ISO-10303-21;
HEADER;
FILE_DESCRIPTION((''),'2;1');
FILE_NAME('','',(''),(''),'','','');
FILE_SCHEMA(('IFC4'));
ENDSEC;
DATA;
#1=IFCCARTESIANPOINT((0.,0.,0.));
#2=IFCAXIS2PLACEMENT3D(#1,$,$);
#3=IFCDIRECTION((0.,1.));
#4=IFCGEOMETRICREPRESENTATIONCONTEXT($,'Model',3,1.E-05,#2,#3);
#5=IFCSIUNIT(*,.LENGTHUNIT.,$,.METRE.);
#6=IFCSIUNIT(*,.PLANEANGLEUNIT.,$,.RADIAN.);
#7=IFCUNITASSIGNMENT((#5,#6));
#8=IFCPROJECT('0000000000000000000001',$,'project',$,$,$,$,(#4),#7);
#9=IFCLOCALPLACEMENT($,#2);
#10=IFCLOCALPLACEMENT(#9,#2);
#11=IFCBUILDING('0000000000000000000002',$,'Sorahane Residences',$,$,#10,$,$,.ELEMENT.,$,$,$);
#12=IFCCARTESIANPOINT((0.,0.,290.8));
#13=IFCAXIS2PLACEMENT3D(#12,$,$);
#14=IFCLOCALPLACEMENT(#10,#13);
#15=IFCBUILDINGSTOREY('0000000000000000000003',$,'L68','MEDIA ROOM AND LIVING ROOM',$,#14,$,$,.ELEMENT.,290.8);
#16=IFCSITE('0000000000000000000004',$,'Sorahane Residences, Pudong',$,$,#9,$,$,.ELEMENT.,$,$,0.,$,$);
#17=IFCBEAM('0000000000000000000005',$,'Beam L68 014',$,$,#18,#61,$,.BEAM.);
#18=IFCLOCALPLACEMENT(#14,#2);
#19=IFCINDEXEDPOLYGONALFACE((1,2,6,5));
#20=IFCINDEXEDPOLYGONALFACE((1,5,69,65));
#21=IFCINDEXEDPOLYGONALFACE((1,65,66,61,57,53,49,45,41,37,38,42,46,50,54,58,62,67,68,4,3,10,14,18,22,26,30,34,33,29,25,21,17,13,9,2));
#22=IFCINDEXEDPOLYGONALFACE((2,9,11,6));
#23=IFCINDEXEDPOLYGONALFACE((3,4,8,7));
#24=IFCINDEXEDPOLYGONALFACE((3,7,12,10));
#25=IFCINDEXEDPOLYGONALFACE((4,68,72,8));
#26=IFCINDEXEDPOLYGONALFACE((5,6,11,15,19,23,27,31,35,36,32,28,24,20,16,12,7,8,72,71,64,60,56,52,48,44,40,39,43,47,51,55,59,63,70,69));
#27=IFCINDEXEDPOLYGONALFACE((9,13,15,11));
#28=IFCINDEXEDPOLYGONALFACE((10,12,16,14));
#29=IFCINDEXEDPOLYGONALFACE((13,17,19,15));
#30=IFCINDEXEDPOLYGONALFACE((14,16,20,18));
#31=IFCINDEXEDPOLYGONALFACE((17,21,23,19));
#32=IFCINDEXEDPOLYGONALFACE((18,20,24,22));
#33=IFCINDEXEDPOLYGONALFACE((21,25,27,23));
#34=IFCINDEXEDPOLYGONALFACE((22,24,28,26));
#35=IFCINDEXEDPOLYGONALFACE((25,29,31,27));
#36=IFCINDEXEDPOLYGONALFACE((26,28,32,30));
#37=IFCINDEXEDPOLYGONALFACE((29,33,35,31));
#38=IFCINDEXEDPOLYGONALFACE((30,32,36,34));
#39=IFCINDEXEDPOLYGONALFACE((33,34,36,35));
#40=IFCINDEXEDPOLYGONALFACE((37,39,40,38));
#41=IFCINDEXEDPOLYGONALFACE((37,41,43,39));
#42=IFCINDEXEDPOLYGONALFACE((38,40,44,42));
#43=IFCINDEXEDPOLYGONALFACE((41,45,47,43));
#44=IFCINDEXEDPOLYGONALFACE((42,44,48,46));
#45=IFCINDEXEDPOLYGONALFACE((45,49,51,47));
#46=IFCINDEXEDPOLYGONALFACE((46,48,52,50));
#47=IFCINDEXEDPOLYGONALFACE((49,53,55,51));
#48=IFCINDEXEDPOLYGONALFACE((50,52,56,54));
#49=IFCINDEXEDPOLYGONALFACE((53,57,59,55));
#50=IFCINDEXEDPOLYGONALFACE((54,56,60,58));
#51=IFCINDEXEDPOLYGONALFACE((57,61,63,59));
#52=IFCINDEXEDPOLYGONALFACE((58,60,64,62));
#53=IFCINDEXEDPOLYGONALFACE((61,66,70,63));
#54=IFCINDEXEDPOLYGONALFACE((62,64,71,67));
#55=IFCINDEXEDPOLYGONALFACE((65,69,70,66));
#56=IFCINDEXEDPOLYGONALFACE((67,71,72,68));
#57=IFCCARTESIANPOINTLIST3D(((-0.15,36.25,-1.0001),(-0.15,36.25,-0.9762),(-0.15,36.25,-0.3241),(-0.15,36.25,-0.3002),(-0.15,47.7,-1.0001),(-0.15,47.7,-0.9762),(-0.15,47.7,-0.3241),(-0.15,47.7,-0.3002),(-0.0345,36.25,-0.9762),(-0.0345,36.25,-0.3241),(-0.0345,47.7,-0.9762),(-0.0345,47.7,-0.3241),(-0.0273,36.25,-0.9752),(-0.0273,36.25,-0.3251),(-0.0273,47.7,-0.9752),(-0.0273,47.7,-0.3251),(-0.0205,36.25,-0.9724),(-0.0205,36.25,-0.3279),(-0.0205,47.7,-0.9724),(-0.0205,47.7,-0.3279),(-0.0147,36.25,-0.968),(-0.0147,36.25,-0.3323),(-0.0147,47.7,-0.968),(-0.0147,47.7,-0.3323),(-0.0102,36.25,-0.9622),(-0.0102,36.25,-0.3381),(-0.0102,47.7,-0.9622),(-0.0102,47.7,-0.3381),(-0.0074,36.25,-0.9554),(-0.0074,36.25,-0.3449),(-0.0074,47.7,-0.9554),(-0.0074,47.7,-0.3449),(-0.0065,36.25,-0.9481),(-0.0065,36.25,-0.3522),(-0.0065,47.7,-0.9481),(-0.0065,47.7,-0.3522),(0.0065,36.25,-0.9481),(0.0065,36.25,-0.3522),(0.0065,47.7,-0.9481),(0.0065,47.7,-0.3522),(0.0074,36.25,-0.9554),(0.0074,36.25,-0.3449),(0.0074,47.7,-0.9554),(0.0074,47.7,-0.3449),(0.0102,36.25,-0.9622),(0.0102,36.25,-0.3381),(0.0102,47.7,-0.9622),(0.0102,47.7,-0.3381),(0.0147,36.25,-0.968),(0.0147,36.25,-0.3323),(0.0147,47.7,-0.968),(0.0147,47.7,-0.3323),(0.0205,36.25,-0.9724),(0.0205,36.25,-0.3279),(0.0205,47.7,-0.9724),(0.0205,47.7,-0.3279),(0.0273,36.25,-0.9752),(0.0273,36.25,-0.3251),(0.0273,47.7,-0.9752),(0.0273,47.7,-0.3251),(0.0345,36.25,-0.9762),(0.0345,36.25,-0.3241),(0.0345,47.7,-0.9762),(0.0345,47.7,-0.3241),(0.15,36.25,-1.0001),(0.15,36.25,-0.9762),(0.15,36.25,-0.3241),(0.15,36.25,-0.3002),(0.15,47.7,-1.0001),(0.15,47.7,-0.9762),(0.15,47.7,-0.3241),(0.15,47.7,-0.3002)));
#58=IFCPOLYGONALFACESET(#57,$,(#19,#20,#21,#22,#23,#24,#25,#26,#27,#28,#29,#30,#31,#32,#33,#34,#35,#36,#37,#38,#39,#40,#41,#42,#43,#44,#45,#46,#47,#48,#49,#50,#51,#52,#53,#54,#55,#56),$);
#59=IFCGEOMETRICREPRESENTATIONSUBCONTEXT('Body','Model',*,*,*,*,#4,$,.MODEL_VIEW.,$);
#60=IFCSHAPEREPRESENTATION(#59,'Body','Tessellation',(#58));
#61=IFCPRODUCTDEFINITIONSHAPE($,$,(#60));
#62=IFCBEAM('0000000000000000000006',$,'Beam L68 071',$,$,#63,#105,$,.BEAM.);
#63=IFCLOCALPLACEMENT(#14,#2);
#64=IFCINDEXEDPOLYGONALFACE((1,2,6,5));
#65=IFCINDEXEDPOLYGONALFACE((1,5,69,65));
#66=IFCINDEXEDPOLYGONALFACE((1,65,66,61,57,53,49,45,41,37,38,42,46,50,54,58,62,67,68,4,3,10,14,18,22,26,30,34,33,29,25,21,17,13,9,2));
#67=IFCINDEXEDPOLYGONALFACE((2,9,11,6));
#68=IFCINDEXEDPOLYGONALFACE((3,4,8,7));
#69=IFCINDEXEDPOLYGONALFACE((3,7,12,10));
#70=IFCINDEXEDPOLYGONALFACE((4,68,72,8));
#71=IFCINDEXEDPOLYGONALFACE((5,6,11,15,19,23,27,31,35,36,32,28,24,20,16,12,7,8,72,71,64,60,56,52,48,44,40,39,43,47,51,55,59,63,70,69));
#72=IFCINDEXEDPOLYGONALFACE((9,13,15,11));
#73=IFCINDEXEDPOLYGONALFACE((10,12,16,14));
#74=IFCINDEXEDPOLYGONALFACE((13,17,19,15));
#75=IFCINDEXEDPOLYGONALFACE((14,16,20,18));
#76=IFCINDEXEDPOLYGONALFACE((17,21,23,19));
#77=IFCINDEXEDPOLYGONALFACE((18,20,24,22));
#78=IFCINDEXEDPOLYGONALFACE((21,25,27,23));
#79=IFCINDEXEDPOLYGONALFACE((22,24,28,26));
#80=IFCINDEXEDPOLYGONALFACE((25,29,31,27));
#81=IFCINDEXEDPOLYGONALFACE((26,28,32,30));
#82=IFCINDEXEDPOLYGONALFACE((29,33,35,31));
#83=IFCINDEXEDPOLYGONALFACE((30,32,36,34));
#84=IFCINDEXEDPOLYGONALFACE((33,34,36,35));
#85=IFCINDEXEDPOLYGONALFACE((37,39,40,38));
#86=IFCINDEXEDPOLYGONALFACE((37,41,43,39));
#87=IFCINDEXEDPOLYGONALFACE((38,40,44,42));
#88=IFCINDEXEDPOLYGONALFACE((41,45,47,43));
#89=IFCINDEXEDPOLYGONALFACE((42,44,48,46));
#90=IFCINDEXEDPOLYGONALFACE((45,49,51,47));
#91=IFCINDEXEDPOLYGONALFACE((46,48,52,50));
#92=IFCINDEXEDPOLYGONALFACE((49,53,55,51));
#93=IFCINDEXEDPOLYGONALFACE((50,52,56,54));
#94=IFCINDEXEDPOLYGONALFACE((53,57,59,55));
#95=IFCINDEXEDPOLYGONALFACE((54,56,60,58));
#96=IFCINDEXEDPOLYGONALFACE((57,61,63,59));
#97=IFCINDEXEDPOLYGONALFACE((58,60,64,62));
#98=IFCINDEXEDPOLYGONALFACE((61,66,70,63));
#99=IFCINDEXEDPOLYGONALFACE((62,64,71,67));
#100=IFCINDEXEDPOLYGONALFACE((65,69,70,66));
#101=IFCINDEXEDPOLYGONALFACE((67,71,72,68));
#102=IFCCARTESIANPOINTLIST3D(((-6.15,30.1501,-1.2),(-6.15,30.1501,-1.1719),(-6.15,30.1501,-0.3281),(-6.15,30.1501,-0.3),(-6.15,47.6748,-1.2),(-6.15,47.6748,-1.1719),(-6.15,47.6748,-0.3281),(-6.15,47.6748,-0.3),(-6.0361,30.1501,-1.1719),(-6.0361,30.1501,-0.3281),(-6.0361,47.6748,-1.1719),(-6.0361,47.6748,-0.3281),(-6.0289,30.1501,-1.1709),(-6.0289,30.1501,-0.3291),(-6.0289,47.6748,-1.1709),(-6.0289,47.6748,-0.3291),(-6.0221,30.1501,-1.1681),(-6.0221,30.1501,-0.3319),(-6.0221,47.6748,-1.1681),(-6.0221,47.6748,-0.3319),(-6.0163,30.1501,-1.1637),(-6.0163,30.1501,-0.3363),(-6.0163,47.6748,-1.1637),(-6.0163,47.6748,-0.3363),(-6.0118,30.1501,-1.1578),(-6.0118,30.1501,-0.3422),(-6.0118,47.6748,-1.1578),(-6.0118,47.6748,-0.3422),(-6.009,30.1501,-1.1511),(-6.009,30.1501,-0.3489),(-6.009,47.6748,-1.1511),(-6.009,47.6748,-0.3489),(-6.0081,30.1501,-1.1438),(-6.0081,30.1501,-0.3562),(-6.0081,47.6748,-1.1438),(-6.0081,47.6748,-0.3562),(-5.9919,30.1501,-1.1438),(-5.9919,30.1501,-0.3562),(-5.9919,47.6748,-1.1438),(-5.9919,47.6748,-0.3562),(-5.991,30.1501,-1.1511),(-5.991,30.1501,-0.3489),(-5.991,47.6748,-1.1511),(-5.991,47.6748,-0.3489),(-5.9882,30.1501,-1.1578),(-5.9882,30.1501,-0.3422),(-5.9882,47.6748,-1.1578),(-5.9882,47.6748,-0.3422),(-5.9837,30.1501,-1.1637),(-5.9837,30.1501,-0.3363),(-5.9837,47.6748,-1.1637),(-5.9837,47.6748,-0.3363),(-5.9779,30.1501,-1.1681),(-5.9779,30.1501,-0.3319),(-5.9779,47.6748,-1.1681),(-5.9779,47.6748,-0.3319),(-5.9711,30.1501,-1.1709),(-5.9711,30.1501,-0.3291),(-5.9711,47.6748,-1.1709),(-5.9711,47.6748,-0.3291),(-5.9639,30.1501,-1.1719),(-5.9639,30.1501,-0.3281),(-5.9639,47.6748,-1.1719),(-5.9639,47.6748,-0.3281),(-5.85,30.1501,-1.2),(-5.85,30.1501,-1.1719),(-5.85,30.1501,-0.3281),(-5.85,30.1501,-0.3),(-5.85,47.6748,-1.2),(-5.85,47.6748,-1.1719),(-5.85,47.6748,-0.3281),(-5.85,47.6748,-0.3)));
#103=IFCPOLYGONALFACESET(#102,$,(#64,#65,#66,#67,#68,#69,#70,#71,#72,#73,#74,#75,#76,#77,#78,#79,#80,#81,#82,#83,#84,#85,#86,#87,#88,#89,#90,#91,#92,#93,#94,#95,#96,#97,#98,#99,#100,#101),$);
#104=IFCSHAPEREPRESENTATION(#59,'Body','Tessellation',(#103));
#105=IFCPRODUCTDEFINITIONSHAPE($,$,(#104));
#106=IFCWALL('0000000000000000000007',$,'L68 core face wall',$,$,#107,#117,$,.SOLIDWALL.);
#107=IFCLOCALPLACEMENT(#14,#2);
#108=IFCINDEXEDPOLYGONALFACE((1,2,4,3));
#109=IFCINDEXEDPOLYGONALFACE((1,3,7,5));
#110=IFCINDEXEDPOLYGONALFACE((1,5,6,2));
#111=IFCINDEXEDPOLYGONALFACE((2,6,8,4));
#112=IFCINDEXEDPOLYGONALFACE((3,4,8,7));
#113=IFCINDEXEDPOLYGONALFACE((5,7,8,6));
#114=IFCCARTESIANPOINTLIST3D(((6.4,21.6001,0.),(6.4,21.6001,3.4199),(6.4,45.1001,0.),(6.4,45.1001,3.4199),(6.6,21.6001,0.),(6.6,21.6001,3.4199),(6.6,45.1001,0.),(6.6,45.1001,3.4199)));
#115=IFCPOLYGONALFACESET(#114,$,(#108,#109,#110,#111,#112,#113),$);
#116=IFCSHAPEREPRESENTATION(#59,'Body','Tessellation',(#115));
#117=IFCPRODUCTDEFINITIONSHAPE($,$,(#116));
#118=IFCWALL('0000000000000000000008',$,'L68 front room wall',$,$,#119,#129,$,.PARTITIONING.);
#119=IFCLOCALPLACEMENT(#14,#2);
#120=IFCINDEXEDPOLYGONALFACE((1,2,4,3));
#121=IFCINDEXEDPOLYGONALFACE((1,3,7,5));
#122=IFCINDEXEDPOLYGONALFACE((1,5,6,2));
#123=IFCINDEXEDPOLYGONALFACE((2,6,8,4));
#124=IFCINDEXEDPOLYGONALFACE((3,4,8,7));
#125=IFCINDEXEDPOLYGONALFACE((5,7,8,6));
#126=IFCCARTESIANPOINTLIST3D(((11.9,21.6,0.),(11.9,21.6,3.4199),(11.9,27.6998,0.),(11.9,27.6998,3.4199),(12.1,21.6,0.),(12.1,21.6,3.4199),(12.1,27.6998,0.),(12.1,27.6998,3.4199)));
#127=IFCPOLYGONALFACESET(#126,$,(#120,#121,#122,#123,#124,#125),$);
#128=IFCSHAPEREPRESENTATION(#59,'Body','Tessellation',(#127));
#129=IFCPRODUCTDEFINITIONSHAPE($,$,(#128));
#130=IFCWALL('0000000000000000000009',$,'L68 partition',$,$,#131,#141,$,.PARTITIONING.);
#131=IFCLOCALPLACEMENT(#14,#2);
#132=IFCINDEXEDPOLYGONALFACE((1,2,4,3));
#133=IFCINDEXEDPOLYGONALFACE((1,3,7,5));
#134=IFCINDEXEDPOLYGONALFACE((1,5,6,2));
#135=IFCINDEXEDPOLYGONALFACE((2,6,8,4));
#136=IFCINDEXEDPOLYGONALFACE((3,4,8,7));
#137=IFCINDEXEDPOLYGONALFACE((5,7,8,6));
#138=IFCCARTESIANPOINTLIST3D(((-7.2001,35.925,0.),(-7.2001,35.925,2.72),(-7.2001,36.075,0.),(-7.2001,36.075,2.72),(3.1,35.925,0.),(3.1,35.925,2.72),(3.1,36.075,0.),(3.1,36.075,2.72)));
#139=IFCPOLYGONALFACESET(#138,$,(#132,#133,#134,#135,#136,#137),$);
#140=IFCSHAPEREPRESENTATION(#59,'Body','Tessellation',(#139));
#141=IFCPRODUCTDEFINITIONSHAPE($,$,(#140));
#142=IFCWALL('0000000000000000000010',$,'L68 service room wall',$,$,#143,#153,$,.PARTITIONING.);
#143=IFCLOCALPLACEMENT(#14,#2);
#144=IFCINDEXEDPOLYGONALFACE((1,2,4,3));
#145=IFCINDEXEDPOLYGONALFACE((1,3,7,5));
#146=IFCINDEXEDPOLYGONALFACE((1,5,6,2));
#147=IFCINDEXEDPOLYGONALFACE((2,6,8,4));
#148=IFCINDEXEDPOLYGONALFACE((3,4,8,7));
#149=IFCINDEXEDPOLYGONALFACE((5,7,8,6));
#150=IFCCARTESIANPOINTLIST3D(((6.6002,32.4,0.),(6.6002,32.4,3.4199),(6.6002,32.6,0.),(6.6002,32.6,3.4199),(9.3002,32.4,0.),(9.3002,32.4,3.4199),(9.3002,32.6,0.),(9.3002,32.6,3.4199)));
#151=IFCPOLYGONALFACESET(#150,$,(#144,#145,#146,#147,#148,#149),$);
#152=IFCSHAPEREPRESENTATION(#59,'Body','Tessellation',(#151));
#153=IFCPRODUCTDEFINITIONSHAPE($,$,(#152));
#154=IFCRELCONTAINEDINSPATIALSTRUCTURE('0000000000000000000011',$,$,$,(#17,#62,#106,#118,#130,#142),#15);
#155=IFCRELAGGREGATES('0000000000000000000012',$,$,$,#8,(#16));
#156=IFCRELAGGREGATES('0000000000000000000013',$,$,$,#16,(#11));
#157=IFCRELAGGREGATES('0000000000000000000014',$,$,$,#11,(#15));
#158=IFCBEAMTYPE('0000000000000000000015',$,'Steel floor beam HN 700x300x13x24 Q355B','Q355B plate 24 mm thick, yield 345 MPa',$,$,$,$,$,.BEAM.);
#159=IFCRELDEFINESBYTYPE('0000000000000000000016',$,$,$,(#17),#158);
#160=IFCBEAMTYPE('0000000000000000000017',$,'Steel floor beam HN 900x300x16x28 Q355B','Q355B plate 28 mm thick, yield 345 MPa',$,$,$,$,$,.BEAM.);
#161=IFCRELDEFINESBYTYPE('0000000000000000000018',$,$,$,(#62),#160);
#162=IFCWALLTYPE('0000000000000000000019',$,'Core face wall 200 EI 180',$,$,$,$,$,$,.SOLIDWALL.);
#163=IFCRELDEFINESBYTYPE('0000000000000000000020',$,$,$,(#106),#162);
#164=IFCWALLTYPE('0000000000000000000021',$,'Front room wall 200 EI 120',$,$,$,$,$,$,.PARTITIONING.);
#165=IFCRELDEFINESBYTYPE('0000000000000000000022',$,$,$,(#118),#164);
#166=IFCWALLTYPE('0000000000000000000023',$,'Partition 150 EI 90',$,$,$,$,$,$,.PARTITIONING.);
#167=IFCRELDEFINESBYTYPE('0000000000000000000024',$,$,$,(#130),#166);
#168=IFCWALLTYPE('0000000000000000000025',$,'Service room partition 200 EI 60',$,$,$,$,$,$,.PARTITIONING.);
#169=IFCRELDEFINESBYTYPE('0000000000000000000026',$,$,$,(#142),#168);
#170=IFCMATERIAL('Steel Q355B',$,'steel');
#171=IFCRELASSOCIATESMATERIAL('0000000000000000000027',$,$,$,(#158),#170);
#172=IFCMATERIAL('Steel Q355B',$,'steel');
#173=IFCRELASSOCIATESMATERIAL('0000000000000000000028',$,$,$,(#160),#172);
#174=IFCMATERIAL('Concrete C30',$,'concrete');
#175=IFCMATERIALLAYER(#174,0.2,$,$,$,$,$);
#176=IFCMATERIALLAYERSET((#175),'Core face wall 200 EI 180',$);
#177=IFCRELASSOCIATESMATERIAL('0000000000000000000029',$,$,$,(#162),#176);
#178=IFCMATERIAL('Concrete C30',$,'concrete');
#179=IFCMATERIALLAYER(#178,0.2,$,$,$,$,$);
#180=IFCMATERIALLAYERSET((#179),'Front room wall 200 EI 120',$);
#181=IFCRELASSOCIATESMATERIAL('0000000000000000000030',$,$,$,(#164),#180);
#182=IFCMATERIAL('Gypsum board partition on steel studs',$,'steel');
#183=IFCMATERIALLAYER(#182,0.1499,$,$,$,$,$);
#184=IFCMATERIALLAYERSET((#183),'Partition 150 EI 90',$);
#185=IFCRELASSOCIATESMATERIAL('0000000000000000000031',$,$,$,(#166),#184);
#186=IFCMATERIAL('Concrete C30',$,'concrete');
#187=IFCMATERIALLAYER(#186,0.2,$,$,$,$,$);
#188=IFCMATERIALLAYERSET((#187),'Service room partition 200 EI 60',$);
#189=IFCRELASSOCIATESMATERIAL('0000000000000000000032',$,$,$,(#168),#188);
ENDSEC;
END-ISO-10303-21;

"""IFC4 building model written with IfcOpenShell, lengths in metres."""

from ifc_helpers import new_model, si_unit, direction, frame, frame_2d, origin, origin_2d, place, context, subcontext, project, spatial, rectangle, i_section, extrude, material, layer, layer_set, material_profile, profile_set, type_object, element, save


model = new_model("IFC4")

# Units and contexts
model_context = context("Model", 3, precision=1e-05, world=origin(), true_north=direction((0.0, 1.0)))
body_context = subcontext(model_context, "Body", "Model", "MODEL_VIEW")
ifc_project = project(units=[si_unit("LENGTHUNIT", "METRE"), si_unit("PLANEANGLEUNIT", "RADIAN")], contexts=[model_context])

# Site, building, storey
site_placement = place(None, origin())
site = spatial("IfcSite", under=ifc_project, at=site_placement, Name="Sorahane Residences, Pudong", CompositionType="ELEMENT", RefElevation=0.0)
building_placement = place(site_placement, origin())
building = spatial("IfcBuilding", under=site, at=building_placement, Name="Sorahane Residences", CompositionType="ELEMENT")
storey_placement = place(building_placement, frame((0.0, 0.0, 290.8)))
storey = spatial("IfcBuildingStorey", under=building, at=storey_placement, Name="L68", Description="MEDIA ROOM AND LIVING ROOM", CompositionType="ELEMENT", Elevation=290.8)

# Beams
ifc_material_1 = material(Name="Steel Q355B", Category="steel")
ifc_material_profile_1 = material_profile(ifc_material_1, i_section(OverallWidth=0.3, OverallDepth=0.7, WebThickness=0.0129, FlangeThickness=0.0239, FilletRadius=0.0281, at=origin_2d()), Name="HN 700x300x13x24")
ifc_profile_set_1 = profile_set([ifc_material_profile_1], Name="Steel Q355B")
beam_type_1 = type_object("IfcBeamType", Name="Steel floor beam HN 700x300x13x24 Q355B", Description="Q355B plate 24 mm thick, yield 345 MPa", PredefinedType="BEAM", material=ifc_profile_set_1)
beam_1_placement = place(storey_placement, frame((0.0, 36.25, -0.6501), z_axis=(0.0, 1.0, 0.0), x_axis=(-1.0, 0.0, 0.0)))
element("IfcBeam", 1, at=beam_1_placement, inside=storey, type_object=beam_type_1, Name="Beam L68 014", PredefinedType="BEAM", context=body_context, shape_type="SweptSolid", body=[
    extrude(i_section(OverallWidth=0.3, OverallDepth=0.7, WebThickness=0.0129, FlangeThickness=0.0239, FilletRadius=0.0281, at=origin_2d()), origin(), (0.0, 0.0, 1.0), 11.45),
])
ifc_material_2 = material(Name="Steel Q355B", Category="steel")
ifc_material_profile_2 = material_profile(ifc_material_2, i_section(OverallWidth=0.3, OverallDepth=0.8999, WebThickness=0.0161, FlangeThickness=0.0281, FilletRadius=0.0281, at=origin_2d()), Name="HN 900x300x16x28")
ifc_profile_set_2 = profile_set([ifc_material_profile_2], Name="Steel Q355B")
beam_type_2 = type_object("IfcBeamType", Name="Steel floor beam HN 900x300x16x28 Q355B", Description="Q355B plate 28 mm thick, yield 345 MPa", PredefinedType="BEAM", material=ifc_profile_set_2)
beam_2_placement = place(storey_placement, frame((-6.0, 30.1501, -0.75), z_axis=(0.0, 1.0, 0.0), x_axis=(-1.0, 0.0, 0.0)))
element("IfcBeam", 2, at=beam_2_placement, inside=storey, type_object=beam_type_2, Name="Beam L68 071", PredefinedType="BEAM", context=body_context, shape_type="SweptSolid", body=[
    extrude(i_section(OverallWidth=0.3, OverallDepth=0.8999, WebThickness=0.0161, FlangeThickness=0.0281, FilletRadius=0.0281, at=origin_2d()), origin(), (0.0, 0.0, 1.0), 17.5247),
])

# Walls
ifc_material_3 = material(Name="Concrete C30", Category="concrete")
ifc_layer_1 = layer(ifc_material_3, 0.2)
ifc_layer_set_1 = layer_set([ifc_layer_1], Name="Core face wall 200 EI 180")
wall_type_1 = type_object("IfcWallType", Name="Core face wall 200 EI 180", PredefinedType="SOLIDWALL", material=ifc_layer_set_1)
wall_1_placement = place(storey_placement, frame((6.5, 21.6001, 0.0), z_axis=(0.0, 0.0, 1.0), x_axis=(0.0, 1.0, 0.0)))
element("IfcWall", 3, at=wall_1_placement, inside=storey, type_object=wall_type_1, Name="L68 core face wall", PredefinedType="SOLIDWALL", context=body_context, shape_type="SweptSolid", body=[
    extrude(rectangle(XDim=23.5, YDim=0.2, at=frame_2d((11.75, 0.0))), origin(), (0.0, 0.0, 1.0), 3.4199),
])
ifc_material_4 = material(Name="Concrete C30", Category="concrete")
ifc_layer_2 = layer(ifc_material_4, 0.2)
ifc_layer_set_2 = layer_set([ifc_layer_2], Name="Front room wall 200 EI 120")
wall_type_2 = type_object("IfcWallType", Name="Front room wall 200 EI 120", PredefinedType="PARTITIONING", material=ifc_layer_set_2)
wall_2_placement = place(storey_placement, frame((12.0, 21.6001, 0.0), z_axis=(0.0, 0.0, 1.0), x_axis=(0.0, 1.0, 0.0)))
element("IfcWall", 4, at=wall_2_placement, inside=storey, type_object=wall_type_2, Name="L68 front room wall", PredefinedType="PARTITIONING", context=body_context, shape_type="SweptSolid", body=[
    extrude(rectangle(XDim=6.0999, YDim=0.2, at=frame_2d((3.0498, 0.0))), origin(), (0.0, 0.0, 1.0), 3.4199),
])
ifc_material_5 = material(Name="Gypsum board partition on steel studs", Category="steel")
ifc_layer_3 = layer(ifc_material_5, 0.1499)
ifc_layer_set_3 = layer_set([ifc_layer_3], Name="Partition 150 EI 90")
wall_type_3 = type_object("IfcWallType", Name="Partition 150 EI 90", PredefinedType="PARTITIONING", material=ifc_layer_set_3)
wall_3_placement = place(storey_placement, frame((-7.2, 36.0, 0.0), z_axis=(0.0, 0.0, 1.0), x_axis=(1.0, 0.0, 0.0)))
element("IfcWall", 5, at=wall_3_placement, inside=storey, type_object=wall_type_3, Name="L68 partition", PredefinedType="PARTITIONING", context=body_context, shape_type="SweptSolid", body=[
    extrude(rectangle(XDim=10.3, YDim=0.1499, at=frame_2d((5.1499, 0.0))), origin(), (0.0, 0.0, 1.0), 2.72),
])
ifc_material_6 = material(Name="Concrete C30", Category="concrete")
ifc_layer_4 = layer(ifc_material_6, 0.2)
ifc_layer_set_4 = layer_set([ifc_layer_4], Name="Service room partition 200 EI 60")
wall_type_4 = type_object("IfcWallType", Name="Service room partition 200 EI 60", PredefinedType="PARTITIONING", material=ifc_layer_set_4)
wall_4_placement = place(storey_placement, frame((6.6001, 32.5, 0.0), z_axis=(0.0, 0.0, 1.0), x_axis=(1.0, 0.0, 0.0)))
element("IfcWall", 6, at=wall_4_placement, inside=storey, type_object=wall_type_4, Name="L68 service room wall", PredefinedType="PARTITIONING", context=body_context, shape_type="SweptSolid", body=[
    extrude(rectangle(XDim=2.7, YDim=0.2, at=frame_2d((1.3501, 0.0))), origin(), (0.0, 0.0, 1.0), 3.4199),
])

save(model, "model.ifc")
